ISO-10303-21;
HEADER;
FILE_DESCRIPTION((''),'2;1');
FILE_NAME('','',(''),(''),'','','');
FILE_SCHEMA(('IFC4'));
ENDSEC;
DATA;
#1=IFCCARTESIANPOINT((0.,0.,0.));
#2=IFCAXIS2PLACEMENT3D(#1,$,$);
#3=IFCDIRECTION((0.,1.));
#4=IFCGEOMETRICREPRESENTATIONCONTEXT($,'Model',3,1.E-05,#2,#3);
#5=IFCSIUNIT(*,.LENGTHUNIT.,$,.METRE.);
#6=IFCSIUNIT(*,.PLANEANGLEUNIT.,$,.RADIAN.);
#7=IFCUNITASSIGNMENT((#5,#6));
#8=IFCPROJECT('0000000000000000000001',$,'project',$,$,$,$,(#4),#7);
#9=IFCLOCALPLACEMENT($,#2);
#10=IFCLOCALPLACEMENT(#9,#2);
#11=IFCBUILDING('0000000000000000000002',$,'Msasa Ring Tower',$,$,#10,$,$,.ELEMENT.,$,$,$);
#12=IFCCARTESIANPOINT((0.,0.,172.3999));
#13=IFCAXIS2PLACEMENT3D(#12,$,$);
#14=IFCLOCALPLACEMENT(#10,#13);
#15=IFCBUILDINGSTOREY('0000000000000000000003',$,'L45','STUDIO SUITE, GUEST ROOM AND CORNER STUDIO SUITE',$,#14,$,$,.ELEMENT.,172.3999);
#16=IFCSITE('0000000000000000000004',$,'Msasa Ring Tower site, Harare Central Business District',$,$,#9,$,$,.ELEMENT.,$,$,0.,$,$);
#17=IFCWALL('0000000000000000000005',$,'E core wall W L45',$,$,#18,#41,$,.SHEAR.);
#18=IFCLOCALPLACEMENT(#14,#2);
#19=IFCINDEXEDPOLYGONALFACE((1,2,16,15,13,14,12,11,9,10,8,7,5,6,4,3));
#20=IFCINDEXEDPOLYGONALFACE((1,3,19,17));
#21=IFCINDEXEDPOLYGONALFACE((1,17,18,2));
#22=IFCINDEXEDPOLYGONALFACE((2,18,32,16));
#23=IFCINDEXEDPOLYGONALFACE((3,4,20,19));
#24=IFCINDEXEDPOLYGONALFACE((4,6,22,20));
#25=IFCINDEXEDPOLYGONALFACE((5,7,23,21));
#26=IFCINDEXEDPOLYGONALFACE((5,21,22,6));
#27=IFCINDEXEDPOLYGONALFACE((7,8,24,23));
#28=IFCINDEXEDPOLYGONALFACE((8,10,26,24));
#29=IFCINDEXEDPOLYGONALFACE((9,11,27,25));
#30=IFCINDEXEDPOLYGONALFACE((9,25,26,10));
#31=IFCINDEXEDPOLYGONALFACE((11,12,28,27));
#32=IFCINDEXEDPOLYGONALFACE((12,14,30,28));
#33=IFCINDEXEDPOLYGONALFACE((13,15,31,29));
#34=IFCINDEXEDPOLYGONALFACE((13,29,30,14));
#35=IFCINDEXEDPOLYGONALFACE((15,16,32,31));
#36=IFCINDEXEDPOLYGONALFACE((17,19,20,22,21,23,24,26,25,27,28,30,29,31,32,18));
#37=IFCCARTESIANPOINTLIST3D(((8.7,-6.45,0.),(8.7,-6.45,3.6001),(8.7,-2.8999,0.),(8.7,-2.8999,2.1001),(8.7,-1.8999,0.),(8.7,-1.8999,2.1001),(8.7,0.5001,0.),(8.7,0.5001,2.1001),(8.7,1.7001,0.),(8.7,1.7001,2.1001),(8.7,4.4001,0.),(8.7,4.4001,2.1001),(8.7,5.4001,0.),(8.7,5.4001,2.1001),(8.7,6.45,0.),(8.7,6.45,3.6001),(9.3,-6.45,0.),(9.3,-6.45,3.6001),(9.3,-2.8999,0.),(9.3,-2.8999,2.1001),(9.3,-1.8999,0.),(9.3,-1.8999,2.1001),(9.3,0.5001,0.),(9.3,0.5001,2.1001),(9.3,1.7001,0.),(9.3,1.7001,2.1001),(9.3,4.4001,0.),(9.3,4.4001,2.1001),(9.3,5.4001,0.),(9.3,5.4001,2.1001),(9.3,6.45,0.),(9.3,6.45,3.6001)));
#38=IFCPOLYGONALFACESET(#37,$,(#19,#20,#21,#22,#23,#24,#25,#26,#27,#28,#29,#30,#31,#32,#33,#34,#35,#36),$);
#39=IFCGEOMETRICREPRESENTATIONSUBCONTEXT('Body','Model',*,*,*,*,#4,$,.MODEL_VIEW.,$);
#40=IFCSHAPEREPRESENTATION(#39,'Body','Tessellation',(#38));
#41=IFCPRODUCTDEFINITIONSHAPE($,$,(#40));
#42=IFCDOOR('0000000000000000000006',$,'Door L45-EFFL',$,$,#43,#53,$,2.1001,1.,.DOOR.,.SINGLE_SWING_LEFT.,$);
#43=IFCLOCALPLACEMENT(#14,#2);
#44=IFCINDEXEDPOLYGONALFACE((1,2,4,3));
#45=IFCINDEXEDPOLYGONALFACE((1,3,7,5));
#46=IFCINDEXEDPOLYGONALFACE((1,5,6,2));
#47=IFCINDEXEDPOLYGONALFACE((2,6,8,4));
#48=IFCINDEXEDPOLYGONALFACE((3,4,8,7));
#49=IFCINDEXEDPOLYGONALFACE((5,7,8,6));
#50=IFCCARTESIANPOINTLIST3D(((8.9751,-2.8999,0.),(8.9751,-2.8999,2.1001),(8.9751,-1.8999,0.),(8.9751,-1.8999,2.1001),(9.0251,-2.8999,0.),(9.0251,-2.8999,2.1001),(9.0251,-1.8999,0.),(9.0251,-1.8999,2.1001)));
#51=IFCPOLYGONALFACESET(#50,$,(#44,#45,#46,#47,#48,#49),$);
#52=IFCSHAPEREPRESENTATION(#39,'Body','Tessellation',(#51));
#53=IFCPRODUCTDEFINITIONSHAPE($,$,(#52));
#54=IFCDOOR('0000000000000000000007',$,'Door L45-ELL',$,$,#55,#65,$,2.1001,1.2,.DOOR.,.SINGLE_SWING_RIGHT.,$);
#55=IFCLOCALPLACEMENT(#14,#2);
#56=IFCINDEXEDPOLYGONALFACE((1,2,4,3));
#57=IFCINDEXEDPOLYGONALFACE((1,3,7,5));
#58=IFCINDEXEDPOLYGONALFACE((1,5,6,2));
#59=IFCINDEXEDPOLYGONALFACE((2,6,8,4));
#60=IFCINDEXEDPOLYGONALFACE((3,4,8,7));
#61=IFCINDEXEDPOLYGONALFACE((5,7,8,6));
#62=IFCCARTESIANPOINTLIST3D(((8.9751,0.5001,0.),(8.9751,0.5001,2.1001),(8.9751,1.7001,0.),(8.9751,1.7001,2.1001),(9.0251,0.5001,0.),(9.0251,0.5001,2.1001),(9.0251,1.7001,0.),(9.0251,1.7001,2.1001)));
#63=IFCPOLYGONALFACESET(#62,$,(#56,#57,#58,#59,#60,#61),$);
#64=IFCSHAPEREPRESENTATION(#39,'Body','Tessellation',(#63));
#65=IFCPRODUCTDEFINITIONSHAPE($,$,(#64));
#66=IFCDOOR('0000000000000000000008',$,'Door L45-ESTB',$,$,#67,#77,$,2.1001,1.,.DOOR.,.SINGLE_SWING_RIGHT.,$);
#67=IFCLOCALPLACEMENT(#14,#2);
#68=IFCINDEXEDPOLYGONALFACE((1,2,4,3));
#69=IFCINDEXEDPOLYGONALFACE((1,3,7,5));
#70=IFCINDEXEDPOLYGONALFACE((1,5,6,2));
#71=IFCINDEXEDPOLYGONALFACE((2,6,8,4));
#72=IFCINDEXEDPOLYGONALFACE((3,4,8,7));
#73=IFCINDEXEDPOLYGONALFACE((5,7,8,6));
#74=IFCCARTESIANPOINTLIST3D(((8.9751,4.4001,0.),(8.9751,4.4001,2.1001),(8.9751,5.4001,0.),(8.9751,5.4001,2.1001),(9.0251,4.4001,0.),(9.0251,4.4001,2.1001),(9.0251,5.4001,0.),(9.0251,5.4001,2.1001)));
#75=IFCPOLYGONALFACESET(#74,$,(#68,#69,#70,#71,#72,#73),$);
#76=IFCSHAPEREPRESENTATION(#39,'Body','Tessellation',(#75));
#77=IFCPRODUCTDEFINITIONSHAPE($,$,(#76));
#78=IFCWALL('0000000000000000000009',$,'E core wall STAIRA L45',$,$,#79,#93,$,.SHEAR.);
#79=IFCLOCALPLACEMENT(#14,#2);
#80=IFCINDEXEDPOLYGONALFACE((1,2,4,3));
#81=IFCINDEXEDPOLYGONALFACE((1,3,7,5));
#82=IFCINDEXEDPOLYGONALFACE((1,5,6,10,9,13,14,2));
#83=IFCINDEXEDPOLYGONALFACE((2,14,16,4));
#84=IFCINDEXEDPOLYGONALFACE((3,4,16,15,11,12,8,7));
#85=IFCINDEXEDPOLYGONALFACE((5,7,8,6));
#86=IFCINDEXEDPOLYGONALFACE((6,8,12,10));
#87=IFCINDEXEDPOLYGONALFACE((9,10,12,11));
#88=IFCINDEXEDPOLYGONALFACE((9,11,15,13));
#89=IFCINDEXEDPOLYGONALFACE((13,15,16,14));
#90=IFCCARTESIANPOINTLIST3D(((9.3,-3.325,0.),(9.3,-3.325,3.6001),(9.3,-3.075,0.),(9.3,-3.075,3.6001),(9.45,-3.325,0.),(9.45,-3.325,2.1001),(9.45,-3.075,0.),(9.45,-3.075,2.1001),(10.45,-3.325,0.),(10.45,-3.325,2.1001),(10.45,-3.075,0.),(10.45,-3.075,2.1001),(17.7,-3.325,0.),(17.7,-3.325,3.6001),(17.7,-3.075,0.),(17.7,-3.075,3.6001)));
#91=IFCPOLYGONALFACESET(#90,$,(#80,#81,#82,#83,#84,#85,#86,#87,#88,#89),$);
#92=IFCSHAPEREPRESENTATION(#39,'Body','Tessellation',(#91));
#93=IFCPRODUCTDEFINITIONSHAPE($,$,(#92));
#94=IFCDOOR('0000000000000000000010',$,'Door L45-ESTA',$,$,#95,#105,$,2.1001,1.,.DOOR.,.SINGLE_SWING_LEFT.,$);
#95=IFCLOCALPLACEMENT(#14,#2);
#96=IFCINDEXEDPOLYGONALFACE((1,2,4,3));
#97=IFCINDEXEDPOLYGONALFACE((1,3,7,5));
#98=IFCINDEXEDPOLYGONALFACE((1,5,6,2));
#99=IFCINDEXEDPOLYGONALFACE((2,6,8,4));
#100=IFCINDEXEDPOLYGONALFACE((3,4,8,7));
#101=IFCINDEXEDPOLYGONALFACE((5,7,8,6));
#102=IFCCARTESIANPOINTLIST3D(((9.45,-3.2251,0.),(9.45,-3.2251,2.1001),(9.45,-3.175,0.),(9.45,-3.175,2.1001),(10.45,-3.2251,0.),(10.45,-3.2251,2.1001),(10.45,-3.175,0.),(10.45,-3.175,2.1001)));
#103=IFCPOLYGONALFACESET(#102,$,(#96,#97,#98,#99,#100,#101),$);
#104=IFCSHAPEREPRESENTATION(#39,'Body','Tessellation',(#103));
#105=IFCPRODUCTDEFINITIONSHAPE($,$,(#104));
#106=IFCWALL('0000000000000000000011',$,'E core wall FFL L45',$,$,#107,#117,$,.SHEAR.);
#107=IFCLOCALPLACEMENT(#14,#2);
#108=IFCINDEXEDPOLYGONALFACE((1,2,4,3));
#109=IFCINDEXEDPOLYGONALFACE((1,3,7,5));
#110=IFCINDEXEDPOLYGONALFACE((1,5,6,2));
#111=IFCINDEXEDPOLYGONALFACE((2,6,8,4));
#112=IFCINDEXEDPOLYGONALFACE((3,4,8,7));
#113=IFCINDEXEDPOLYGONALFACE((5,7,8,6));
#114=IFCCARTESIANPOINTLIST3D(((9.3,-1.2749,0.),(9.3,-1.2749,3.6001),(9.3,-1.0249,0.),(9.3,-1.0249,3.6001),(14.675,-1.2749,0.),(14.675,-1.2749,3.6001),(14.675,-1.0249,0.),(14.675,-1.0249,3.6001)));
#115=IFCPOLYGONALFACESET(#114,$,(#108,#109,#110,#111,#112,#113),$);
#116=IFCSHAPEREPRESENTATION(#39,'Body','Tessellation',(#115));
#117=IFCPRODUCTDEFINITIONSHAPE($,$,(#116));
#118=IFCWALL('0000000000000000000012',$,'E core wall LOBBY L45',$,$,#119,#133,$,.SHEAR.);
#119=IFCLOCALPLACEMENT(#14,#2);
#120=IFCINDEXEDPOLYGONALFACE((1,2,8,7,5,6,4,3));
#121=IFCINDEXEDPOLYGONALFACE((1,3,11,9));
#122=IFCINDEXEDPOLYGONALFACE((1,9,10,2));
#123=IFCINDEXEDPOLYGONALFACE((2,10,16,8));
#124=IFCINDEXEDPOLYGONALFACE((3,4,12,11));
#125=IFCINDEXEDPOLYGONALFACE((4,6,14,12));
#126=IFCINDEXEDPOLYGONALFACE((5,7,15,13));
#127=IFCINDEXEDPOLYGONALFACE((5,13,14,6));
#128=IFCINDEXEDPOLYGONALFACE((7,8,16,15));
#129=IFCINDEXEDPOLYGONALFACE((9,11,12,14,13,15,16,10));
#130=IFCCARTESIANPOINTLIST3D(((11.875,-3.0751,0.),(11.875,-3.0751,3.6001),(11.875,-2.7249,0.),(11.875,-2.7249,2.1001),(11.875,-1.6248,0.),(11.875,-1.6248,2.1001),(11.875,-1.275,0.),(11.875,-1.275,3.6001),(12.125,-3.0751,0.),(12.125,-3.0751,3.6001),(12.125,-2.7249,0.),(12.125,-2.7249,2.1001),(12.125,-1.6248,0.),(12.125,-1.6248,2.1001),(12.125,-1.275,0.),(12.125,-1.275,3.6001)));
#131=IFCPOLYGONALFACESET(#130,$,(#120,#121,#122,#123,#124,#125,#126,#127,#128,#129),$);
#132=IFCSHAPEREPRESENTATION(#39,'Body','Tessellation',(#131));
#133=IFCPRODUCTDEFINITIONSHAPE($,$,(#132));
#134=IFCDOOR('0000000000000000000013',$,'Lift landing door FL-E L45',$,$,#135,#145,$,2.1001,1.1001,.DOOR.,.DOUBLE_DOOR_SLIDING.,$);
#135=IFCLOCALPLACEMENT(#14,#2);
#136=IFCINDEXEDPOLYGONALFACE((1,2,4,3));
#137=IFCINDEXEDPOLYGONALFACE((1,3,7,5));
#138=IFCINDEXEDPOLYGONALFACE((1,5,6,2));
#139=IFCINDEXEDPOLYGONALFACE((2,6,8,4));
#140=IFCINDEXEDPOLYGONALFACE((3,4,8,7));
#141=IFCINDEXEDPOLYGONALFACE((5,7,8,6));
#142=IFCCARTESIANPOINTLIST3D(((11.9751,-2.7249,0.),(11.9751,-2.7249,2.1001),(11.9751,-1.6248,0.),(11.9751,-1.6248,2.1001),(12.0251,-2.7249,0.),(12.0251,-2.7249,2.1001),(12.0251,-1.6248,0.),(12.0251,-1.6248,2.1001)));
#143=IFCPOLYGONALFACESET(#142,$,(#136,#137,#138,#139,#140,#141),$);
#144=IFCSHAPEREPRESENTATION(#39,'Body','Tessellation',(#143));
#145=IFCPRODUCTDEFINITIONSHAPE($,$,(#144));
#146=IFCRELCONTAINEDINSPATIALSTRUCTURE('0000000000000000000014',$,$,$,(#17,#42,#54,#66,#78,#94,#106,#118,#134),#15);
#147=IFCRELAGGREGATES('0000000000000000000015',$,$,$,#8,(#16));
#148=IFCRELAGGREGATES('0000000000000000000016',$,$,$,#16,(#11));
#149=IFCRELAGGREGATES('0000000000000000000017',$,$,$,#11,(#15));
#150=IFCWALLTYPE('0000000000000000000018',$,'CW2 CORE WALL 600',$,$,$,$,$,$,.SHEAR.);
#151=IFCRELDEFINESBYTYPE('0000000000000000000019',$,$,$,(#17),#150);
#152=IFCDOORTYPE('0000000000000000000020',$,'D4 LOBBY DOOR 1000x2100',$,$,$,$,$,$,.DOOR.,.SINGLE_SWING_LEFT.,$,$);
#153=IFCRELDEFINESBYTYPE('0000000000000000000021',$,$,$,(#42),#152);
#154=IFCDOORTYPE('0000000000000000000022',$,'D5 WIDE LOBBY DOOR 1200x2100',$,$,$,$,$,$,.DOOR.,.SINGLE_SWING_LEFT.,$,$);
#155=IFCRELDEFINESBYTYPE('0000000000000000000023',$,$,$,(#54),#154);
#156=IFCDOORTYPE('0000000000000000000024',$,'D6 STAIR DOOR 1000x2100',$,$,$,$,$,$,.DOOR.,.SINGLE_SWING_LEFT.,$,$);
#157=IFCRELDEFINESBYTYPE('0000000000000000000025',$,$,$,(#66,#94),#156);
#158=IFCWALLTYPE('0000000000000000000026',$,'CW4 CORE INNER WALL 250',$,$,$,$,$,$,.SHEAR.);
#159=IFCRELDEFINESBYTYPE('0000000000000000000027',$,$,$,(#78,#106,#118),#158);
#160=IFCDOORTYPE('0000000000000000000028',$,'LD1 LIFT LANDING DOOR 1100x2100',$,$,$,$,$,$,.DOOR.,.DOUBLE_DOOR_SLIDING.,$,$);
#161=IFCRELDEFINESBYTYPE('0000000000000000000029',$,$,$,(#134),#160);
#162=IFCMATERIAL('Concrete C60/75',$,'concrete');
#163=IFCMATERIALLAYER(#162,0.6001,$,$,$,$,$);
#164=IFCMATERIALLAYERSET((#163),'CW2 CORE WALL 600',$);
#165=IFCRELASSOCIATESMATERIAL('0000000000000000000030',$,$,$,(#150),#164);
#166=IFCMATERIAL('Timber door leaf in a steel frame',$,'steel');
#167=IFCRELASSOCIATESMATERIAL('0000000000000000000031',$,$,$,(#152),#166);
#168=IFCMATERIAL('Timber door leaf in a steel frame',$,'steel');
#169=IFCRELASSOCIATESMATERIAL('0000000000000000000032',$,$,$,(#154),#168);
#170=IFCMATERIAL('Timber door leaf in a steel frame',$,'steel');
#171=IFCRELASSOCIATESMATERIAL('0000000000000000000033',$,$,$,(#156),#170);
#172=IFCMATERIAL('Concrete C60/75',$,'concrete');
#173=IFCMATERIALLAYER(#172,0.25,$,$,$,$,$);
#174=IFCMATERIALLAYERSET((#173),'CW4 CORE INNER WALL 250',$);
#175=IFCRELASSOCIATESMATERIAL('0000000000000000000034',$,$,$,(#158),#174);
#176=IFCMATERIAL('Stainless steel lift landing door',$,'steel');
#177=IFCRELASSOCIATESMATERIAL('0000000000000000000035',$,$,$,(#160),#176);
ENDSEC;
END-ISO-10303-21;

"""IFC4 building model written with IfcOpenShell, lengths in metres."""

from ifc_helpers import new_model, si_unit, direction, frame, frame_2d, origin, place, context, subcontext, project, spatial, rectangle, extrude, material, layer, layer_set, type_object, element, fill, save


model = new_model("IFC4")

# Units and contexts
model_context = context("Model", 3, precision=1e-05, world=origin(), true_north=direction((0.0, 1.0)))
body_context = subcontext(model_context, "Body", "Model", "MODEL_VIEW")
ifc_project = project(units=[si_unit("LENGTHUNIT", "METRE"), si_unit("PLANEANGLEUNIT", "RADIAN")], contexts=[model_context])

# Site, building, storey
site_placement = place(None, origin())
site = spatial("IfcSite", under=ifc_project, at=site_placement, Name="Msasa Ring Tower site, Harare Central Business District", CompositionType="ELEMENT", RefElevation=0.0)
building_placement = place(site_placement, origin())
building = spatial("IfcBuilding", under=site, at=building_placement, Name="Msasa Ring Tower", CompositionType="ELEMENT")
storey_placement = place(building_placement, frame((0.0, 0.0, 172.3999)))
storey = spatial("IfcBuildingStorey", under=building, at=storey_placement, Name="L45", Description="STUDIO SUITE, GUEST ROOM AND CORNER STUDIO SUITE", CompositionType="ELEMENT", Elevation=172.3999)

# Shared definitions
ifc_material_1 = material(Name="Concrete C60/75", Category="concrete")
ifc_layer_1 = layer(ifc_material_1, 0.6001)
ifc_layer_set_1 = layer_set([ifc_layer_1], Name="CW2 CORE WALL 600")
wall_type_1 = type_object("IfcWallType", Name="CW2 CORE WALL 600", PredefinedType="SHEAR", material=ifc_layer_set_1)

# Wall, openings, doors
wall_1_placement = place(storey_placement, frame((9.0, -6.45, 0.0), z_axis=(0.0, 0.0, 1.0), x_axis=(0.0, 1.0, 0.0)))
wall_1 = element("IfcWall", 1, at=wall_1_placement, inside=storey, type_object=wall_type_1, Name="E core wall W L45", PredefinedType="SHEAR", context=body_context, shape_type="SweptSolid", body=[
    extrude(rectangle(XDim=12.8999, YDim=0.6001, at=frame_2d((6.45, 0.0))), origin(), (0.0, 0.0, 1.0), 3.6001),
])
opening_1_placement = place(wall_1_placement, frame((3.55, 0.0, 0.0)))
opening_1 = element("IfcOpeningElement", 2, at=opening_1_placement, cuts=wall_1, PredefinedType="OPENING", context=body_context, shape_type="SweptSolid", body=[
    extrude(rectangle(XDim=1.0, YDim=2.1001, at=frame_2d((0.5, 1.05))), frame((0.0, 0.3101, 0.0), z_axis=(0.0, -1.0, 0.0), x_axis=(1.0, 0.0, 0.0)), (0.0, 0.0, 1.0), 0.6201),
])
opening_2_placement = place(wall_1_placement, frame((6.95, 0.0, 0.0)))
opening_2 = element("IfcOpeningElement", 3, at=opening_2_placement, cuts=wall_1, PredefinedType="OPENING", context=body_context, shape_type="SweptSolid", body=[
    extrude(rectangle(XDim=1.2, YDim=2.1001, at=frame_2d((0.6001, 1.05))), frame((0.0, 0.3101, 0.0), z_axis=(0.0, -1.0, 0.0), x_axis=(1.0, 0.0, 0.0)), (0.0, 0.0, 1.0), 0.6201),
])
opening_3_placement = place(wall_1_placement, frame((10.8501, 0.0, 0.0)))
opening_3 = element("IfcOpeningElement", 4, at=opening_3_placement, cuts=wall_1, PredefinedType="OPENING", context=body_context, shape_type="SweptSolid", body=[
    extrude(rectangle(XDim=1.0, YDim=2.1001, at=frame_2d((0.5, 1.05))), frame((0.0, 0.3101, 0.0), z_axis=(0.0, -1.0, 0.0), x_axis=(1.0, 0.0, 0.0)), (0.0, 0.0, 1.0), 0.6201),
])
ifc_material_2 = material(Name="Timber door leaf in a steel frame", Category="steel")
door_type_1 = type_object("IfcDoorType", Name="D4 LOBBY DOOR 1000x2100", OperationType="SINGLE_SWING_LEFT", PredefinedType="DOOR", material=ifc_material_2)
door_1_placement = place(opening_1_placement, origin())
door_1 = element("IfcDoor", 5, at=door_1_placement, inside=storey, type_object=door_type_1, Name="Door L45-EFFL", OperationType="SINGLE_SWING_LEFT", OverallHeight=2.1001, OverallWidth=1.0, PredefinedType="DOOR", context=body_context, shape_type="SweptSolid", body=[
    extrude(rectangle(XDim=1.0, YDim=2.1001, at=frame_2d((0.5, 1.05))), frame((0.0, 0.0249, 0.0), z_axis=(0.0, -1.0, 0.0), x_axis=(1.0, 0.0, 0.0)), (0.0, 0.0, 1.0), 0.05),
])
fill(opening_1, door_1)
ifc_material_3 = material(Name="Timber door leaf in a steel frame", Category="steel")
door_type_2 = type_object("IfcDoorType", Name="D5 WIDE LOBBY DOOR 1200x2100", OperationType="SINGLE_SWING_LEFT", PredefinedType="DOOR", material=ifc_material_3)
door_2_placement = place(opening_2_placement, origin())
door_2 = element("IfcDoor", 6, at=door_2_placement, inside=storey, type_object=door_type_2, Name="Door L45-ELL", OperationType="SINGLE_SWING_RIGHT", OverallHeight=2.1001, OverallWidth=1.2, PredefinedType="DOOR", context=body_context, shape_type="SweptSolid", body=[
    extrude(rectangle(XDim=1.2, YDim=2.1001, at=frame_2d((0.6001, 1.05))), frame((0.0, 0.0249, 0.0), z_axis=(0.0, -1.0, 0.0), x_axis=(1.0, 0.0, 0.0)), (0.0, 0.0, 1.0), 0.05),
])
fill(opening_2, door_2)
ifc_material_4 = material(Name="Timber door leaf in a steel frame", Category="steel")
door_type_3 = type_object("IfcDoorType", Name="D6 STAIR DOOR 1000x2100", OperationType="SINGLE_SWING_LEFT", PredefinedType="DOOR", material=ifc_material_4)
door_3_placement = place(opening_3_placement, origin())
door_3 = element("IfcDoor", 7, at=door_3_placement, inside=storey, type_object=door_type_3, Name="Door L45-ESTB", OperationType="SINGLE_SWING_RIGHT", OverallHeight=2.1001, OverallWidth=1.0, PredefinedType="DOOR", context=body_context, shape_type="SweptSolid", body=[
    extrude(rectangle(XDim=1.0, YDim=2.1001, at=frame_2d((0.5, 1.05))), frame((0.0, 0.0249, 0.0), z_axis=(0.0, -1.0, 0.0), x_axis=(1.0, 0.0, 0.0)), (0.0, 0.0, 1.0), 0.05),
])
fill(opening_3, door_3)

# Wall, opening, door
ifc_material_5 = material(Name="Concrete C60/75", Category="concrete")
ifc_layer_2 = layer(ifc_material_5, 0.25)
ifc_layer_set_2 = layer_set([ifc_layer_2], Name="CW4 CORE INNER WALL 250")
wall_type_2 = type_object("IfcWallType", Name="CW4 CORE INNER WALL 250", PredefinedType="SHEAR", material=ifc_layer_set_2)
wall_2_placement = place(storey_placement, frame((9.3, -3.2, 0.0), z_axis=(0.0, 0.0, 1.0), x_axis=(1.0, 0.0, 0.0)))
wall_2 = element("IfcWall", 8, at=wall_2_placement, inside=storey, type_object=wall_type_2, Name="E core wall STAIRA L45", PredefinedType="SHEAR", context=body_context, shape_type="SweptSolid", body=[
    extrude(rectangle(XDim=8.3999, YDim=0.25, at=frame_2d((4.2, 0.0))), origin(), (0.0, 0.0, 1.0), 3.6001),
])
opening_4_placement = place(wall_2_placement, frame((0.1499, 0.0, 0.0)))
opening_4 = element("IfcOpeningElement", 9, at=opening_4_placement, cuts=wall_2, PredefinedType="OPENING", context=body_context, shape_type="SweptSolid", body=[
    extrude(rectangle(XDim=1.0, YDim=2.1001, at=frame_2d((0.5, 1.05))), frame((0.0, 0.135, 0.0), z_axis=(0.0, -1.0, 0.0), x_axis=(1.0, 0.0, 0.0)), (0.0, 0.0, 1.0), 0.27),
])
door_4_placement = place(opening_4_placement, origin())
door_4 = element("IfcDoor", 10, at=door_4_placement, inside=storey, type_object=door_type_3, Name="Door L45-ESTA", OperationType="SINGLE_SWING_LEFT", OverallHeight=2.1001, OverallWidth=1.0, PredefinedType="DOOR", context=body_context, shape_type="SweptSolid", body=[
    extrude(rectangle(XDim=1.0, YDim=2.1001, at=frame_2d((0.5, 1.05))), frame((0.0, 0.0249, 0.0), z_axis=(0.0, -1.0, 0.0), x_axis=(1.0, 0.0, 0.0)), (0.0, 0.0, 1.0), 0.05),
])
fill(opening_4, door_4)

# Wall
wall_3_placement = place(storey_placement, frame((9.3, -1.1499, 0.0), z_axis=(0.0, 0.0, 1.0), x_axis=(1.0, 0.0, 0.0)))
element("IfcWall", 11, at=wall_3_placement, inside=storey, type_object=wall_type_2, Name="E core wall FFL L45", PredefinedType="SHEAR", context=body_context, shape_type="SweptSolid", body=[
    extrude(rectangle(XDim=5.375, YDim=0.25, at=frame_2d((2.6875, 0.0))), origin(), (0.0, 0.0, 1.0), 3.6001),
])

# Wall, opening, door
wall_4_placement = place(storey_placement, frame((12.0, -3.075, 0.0), z_axis=(0.0, 0.0, 1.0), x_axis=(0.0, 1.0, 0.0)))
wall_4 = element("IfcWall", 12, at=wall_4_placement, inside=storey, type_object=wall_type_2, Name="E core wall LOBBY L45", PredefinedType="SHEAR", context=body_context, shape_type="SweptSolid", body=[
    extrude(rectangle(XDim=1.8, YDim=0.25, at=frame_2d((0.8999, 0.0))), origin(), (0.0, 0.0, 1.0), 3.6001),
])
opening_5_placement = place(wall_4_placement, frame((0.3501, 0.0, 0.0)))
opening_5 = element("IfcOpeningElement", 13, at=opening_5_placement, cuts=wall_4, PredefinedType="OPENING", context=body_context, shape_type="SweptSolid", body=[
    extrude(rectangle(XDim=1.1001, YDim=2.1001, at=frame_2d((0.55, 1.05))), frame((0.0, 0.135, 0.0), z_axis=(0.0, -1.0, 0.0), x_axis=(1.0, 0.0, 0.0)), (0.0, 0.0, 1.0), 0.27),
])
ifc_material_6 = material(Name="Stainless steel lift landing door", Category="steel")
door_type_4 = type_object("IfcDoorType", Name="LD1 LIFT LANDING DOOR 1100x2100", OperationType="DOUBLE_DOOR_SLIDING", PredefinedType="DOOR", material=ifc_material_6)
door_5_placement = place(opening_5_placement, origin())
door_5 = element("IfcDoor", 14, at=door_5_placement, inside=storey, type_object=door_type_4, Name="Lift landing door FL-E L45", OperationType="DOUBLE_DOOR_SLIDING", OverallHeight=2.1001, OverallWidth=1.1001, PredefinedType="DOOR", context=body_context, shape_type="SweptSolid", body=[
    extrude(rectangle(XDim=1.1001, YDim=2.1001, at=frame_2d((0.55, 1.05))), frame((0.0, 0.0249, 0.0), z_axis=(0.0, -1.0, 0.0), x_axis=(1.0, 0.0, 0.0)), (0.0, 0.0, 1.0), 0.05),
])
fill(opening_5, door_5)

save(model, "model.ifc")
